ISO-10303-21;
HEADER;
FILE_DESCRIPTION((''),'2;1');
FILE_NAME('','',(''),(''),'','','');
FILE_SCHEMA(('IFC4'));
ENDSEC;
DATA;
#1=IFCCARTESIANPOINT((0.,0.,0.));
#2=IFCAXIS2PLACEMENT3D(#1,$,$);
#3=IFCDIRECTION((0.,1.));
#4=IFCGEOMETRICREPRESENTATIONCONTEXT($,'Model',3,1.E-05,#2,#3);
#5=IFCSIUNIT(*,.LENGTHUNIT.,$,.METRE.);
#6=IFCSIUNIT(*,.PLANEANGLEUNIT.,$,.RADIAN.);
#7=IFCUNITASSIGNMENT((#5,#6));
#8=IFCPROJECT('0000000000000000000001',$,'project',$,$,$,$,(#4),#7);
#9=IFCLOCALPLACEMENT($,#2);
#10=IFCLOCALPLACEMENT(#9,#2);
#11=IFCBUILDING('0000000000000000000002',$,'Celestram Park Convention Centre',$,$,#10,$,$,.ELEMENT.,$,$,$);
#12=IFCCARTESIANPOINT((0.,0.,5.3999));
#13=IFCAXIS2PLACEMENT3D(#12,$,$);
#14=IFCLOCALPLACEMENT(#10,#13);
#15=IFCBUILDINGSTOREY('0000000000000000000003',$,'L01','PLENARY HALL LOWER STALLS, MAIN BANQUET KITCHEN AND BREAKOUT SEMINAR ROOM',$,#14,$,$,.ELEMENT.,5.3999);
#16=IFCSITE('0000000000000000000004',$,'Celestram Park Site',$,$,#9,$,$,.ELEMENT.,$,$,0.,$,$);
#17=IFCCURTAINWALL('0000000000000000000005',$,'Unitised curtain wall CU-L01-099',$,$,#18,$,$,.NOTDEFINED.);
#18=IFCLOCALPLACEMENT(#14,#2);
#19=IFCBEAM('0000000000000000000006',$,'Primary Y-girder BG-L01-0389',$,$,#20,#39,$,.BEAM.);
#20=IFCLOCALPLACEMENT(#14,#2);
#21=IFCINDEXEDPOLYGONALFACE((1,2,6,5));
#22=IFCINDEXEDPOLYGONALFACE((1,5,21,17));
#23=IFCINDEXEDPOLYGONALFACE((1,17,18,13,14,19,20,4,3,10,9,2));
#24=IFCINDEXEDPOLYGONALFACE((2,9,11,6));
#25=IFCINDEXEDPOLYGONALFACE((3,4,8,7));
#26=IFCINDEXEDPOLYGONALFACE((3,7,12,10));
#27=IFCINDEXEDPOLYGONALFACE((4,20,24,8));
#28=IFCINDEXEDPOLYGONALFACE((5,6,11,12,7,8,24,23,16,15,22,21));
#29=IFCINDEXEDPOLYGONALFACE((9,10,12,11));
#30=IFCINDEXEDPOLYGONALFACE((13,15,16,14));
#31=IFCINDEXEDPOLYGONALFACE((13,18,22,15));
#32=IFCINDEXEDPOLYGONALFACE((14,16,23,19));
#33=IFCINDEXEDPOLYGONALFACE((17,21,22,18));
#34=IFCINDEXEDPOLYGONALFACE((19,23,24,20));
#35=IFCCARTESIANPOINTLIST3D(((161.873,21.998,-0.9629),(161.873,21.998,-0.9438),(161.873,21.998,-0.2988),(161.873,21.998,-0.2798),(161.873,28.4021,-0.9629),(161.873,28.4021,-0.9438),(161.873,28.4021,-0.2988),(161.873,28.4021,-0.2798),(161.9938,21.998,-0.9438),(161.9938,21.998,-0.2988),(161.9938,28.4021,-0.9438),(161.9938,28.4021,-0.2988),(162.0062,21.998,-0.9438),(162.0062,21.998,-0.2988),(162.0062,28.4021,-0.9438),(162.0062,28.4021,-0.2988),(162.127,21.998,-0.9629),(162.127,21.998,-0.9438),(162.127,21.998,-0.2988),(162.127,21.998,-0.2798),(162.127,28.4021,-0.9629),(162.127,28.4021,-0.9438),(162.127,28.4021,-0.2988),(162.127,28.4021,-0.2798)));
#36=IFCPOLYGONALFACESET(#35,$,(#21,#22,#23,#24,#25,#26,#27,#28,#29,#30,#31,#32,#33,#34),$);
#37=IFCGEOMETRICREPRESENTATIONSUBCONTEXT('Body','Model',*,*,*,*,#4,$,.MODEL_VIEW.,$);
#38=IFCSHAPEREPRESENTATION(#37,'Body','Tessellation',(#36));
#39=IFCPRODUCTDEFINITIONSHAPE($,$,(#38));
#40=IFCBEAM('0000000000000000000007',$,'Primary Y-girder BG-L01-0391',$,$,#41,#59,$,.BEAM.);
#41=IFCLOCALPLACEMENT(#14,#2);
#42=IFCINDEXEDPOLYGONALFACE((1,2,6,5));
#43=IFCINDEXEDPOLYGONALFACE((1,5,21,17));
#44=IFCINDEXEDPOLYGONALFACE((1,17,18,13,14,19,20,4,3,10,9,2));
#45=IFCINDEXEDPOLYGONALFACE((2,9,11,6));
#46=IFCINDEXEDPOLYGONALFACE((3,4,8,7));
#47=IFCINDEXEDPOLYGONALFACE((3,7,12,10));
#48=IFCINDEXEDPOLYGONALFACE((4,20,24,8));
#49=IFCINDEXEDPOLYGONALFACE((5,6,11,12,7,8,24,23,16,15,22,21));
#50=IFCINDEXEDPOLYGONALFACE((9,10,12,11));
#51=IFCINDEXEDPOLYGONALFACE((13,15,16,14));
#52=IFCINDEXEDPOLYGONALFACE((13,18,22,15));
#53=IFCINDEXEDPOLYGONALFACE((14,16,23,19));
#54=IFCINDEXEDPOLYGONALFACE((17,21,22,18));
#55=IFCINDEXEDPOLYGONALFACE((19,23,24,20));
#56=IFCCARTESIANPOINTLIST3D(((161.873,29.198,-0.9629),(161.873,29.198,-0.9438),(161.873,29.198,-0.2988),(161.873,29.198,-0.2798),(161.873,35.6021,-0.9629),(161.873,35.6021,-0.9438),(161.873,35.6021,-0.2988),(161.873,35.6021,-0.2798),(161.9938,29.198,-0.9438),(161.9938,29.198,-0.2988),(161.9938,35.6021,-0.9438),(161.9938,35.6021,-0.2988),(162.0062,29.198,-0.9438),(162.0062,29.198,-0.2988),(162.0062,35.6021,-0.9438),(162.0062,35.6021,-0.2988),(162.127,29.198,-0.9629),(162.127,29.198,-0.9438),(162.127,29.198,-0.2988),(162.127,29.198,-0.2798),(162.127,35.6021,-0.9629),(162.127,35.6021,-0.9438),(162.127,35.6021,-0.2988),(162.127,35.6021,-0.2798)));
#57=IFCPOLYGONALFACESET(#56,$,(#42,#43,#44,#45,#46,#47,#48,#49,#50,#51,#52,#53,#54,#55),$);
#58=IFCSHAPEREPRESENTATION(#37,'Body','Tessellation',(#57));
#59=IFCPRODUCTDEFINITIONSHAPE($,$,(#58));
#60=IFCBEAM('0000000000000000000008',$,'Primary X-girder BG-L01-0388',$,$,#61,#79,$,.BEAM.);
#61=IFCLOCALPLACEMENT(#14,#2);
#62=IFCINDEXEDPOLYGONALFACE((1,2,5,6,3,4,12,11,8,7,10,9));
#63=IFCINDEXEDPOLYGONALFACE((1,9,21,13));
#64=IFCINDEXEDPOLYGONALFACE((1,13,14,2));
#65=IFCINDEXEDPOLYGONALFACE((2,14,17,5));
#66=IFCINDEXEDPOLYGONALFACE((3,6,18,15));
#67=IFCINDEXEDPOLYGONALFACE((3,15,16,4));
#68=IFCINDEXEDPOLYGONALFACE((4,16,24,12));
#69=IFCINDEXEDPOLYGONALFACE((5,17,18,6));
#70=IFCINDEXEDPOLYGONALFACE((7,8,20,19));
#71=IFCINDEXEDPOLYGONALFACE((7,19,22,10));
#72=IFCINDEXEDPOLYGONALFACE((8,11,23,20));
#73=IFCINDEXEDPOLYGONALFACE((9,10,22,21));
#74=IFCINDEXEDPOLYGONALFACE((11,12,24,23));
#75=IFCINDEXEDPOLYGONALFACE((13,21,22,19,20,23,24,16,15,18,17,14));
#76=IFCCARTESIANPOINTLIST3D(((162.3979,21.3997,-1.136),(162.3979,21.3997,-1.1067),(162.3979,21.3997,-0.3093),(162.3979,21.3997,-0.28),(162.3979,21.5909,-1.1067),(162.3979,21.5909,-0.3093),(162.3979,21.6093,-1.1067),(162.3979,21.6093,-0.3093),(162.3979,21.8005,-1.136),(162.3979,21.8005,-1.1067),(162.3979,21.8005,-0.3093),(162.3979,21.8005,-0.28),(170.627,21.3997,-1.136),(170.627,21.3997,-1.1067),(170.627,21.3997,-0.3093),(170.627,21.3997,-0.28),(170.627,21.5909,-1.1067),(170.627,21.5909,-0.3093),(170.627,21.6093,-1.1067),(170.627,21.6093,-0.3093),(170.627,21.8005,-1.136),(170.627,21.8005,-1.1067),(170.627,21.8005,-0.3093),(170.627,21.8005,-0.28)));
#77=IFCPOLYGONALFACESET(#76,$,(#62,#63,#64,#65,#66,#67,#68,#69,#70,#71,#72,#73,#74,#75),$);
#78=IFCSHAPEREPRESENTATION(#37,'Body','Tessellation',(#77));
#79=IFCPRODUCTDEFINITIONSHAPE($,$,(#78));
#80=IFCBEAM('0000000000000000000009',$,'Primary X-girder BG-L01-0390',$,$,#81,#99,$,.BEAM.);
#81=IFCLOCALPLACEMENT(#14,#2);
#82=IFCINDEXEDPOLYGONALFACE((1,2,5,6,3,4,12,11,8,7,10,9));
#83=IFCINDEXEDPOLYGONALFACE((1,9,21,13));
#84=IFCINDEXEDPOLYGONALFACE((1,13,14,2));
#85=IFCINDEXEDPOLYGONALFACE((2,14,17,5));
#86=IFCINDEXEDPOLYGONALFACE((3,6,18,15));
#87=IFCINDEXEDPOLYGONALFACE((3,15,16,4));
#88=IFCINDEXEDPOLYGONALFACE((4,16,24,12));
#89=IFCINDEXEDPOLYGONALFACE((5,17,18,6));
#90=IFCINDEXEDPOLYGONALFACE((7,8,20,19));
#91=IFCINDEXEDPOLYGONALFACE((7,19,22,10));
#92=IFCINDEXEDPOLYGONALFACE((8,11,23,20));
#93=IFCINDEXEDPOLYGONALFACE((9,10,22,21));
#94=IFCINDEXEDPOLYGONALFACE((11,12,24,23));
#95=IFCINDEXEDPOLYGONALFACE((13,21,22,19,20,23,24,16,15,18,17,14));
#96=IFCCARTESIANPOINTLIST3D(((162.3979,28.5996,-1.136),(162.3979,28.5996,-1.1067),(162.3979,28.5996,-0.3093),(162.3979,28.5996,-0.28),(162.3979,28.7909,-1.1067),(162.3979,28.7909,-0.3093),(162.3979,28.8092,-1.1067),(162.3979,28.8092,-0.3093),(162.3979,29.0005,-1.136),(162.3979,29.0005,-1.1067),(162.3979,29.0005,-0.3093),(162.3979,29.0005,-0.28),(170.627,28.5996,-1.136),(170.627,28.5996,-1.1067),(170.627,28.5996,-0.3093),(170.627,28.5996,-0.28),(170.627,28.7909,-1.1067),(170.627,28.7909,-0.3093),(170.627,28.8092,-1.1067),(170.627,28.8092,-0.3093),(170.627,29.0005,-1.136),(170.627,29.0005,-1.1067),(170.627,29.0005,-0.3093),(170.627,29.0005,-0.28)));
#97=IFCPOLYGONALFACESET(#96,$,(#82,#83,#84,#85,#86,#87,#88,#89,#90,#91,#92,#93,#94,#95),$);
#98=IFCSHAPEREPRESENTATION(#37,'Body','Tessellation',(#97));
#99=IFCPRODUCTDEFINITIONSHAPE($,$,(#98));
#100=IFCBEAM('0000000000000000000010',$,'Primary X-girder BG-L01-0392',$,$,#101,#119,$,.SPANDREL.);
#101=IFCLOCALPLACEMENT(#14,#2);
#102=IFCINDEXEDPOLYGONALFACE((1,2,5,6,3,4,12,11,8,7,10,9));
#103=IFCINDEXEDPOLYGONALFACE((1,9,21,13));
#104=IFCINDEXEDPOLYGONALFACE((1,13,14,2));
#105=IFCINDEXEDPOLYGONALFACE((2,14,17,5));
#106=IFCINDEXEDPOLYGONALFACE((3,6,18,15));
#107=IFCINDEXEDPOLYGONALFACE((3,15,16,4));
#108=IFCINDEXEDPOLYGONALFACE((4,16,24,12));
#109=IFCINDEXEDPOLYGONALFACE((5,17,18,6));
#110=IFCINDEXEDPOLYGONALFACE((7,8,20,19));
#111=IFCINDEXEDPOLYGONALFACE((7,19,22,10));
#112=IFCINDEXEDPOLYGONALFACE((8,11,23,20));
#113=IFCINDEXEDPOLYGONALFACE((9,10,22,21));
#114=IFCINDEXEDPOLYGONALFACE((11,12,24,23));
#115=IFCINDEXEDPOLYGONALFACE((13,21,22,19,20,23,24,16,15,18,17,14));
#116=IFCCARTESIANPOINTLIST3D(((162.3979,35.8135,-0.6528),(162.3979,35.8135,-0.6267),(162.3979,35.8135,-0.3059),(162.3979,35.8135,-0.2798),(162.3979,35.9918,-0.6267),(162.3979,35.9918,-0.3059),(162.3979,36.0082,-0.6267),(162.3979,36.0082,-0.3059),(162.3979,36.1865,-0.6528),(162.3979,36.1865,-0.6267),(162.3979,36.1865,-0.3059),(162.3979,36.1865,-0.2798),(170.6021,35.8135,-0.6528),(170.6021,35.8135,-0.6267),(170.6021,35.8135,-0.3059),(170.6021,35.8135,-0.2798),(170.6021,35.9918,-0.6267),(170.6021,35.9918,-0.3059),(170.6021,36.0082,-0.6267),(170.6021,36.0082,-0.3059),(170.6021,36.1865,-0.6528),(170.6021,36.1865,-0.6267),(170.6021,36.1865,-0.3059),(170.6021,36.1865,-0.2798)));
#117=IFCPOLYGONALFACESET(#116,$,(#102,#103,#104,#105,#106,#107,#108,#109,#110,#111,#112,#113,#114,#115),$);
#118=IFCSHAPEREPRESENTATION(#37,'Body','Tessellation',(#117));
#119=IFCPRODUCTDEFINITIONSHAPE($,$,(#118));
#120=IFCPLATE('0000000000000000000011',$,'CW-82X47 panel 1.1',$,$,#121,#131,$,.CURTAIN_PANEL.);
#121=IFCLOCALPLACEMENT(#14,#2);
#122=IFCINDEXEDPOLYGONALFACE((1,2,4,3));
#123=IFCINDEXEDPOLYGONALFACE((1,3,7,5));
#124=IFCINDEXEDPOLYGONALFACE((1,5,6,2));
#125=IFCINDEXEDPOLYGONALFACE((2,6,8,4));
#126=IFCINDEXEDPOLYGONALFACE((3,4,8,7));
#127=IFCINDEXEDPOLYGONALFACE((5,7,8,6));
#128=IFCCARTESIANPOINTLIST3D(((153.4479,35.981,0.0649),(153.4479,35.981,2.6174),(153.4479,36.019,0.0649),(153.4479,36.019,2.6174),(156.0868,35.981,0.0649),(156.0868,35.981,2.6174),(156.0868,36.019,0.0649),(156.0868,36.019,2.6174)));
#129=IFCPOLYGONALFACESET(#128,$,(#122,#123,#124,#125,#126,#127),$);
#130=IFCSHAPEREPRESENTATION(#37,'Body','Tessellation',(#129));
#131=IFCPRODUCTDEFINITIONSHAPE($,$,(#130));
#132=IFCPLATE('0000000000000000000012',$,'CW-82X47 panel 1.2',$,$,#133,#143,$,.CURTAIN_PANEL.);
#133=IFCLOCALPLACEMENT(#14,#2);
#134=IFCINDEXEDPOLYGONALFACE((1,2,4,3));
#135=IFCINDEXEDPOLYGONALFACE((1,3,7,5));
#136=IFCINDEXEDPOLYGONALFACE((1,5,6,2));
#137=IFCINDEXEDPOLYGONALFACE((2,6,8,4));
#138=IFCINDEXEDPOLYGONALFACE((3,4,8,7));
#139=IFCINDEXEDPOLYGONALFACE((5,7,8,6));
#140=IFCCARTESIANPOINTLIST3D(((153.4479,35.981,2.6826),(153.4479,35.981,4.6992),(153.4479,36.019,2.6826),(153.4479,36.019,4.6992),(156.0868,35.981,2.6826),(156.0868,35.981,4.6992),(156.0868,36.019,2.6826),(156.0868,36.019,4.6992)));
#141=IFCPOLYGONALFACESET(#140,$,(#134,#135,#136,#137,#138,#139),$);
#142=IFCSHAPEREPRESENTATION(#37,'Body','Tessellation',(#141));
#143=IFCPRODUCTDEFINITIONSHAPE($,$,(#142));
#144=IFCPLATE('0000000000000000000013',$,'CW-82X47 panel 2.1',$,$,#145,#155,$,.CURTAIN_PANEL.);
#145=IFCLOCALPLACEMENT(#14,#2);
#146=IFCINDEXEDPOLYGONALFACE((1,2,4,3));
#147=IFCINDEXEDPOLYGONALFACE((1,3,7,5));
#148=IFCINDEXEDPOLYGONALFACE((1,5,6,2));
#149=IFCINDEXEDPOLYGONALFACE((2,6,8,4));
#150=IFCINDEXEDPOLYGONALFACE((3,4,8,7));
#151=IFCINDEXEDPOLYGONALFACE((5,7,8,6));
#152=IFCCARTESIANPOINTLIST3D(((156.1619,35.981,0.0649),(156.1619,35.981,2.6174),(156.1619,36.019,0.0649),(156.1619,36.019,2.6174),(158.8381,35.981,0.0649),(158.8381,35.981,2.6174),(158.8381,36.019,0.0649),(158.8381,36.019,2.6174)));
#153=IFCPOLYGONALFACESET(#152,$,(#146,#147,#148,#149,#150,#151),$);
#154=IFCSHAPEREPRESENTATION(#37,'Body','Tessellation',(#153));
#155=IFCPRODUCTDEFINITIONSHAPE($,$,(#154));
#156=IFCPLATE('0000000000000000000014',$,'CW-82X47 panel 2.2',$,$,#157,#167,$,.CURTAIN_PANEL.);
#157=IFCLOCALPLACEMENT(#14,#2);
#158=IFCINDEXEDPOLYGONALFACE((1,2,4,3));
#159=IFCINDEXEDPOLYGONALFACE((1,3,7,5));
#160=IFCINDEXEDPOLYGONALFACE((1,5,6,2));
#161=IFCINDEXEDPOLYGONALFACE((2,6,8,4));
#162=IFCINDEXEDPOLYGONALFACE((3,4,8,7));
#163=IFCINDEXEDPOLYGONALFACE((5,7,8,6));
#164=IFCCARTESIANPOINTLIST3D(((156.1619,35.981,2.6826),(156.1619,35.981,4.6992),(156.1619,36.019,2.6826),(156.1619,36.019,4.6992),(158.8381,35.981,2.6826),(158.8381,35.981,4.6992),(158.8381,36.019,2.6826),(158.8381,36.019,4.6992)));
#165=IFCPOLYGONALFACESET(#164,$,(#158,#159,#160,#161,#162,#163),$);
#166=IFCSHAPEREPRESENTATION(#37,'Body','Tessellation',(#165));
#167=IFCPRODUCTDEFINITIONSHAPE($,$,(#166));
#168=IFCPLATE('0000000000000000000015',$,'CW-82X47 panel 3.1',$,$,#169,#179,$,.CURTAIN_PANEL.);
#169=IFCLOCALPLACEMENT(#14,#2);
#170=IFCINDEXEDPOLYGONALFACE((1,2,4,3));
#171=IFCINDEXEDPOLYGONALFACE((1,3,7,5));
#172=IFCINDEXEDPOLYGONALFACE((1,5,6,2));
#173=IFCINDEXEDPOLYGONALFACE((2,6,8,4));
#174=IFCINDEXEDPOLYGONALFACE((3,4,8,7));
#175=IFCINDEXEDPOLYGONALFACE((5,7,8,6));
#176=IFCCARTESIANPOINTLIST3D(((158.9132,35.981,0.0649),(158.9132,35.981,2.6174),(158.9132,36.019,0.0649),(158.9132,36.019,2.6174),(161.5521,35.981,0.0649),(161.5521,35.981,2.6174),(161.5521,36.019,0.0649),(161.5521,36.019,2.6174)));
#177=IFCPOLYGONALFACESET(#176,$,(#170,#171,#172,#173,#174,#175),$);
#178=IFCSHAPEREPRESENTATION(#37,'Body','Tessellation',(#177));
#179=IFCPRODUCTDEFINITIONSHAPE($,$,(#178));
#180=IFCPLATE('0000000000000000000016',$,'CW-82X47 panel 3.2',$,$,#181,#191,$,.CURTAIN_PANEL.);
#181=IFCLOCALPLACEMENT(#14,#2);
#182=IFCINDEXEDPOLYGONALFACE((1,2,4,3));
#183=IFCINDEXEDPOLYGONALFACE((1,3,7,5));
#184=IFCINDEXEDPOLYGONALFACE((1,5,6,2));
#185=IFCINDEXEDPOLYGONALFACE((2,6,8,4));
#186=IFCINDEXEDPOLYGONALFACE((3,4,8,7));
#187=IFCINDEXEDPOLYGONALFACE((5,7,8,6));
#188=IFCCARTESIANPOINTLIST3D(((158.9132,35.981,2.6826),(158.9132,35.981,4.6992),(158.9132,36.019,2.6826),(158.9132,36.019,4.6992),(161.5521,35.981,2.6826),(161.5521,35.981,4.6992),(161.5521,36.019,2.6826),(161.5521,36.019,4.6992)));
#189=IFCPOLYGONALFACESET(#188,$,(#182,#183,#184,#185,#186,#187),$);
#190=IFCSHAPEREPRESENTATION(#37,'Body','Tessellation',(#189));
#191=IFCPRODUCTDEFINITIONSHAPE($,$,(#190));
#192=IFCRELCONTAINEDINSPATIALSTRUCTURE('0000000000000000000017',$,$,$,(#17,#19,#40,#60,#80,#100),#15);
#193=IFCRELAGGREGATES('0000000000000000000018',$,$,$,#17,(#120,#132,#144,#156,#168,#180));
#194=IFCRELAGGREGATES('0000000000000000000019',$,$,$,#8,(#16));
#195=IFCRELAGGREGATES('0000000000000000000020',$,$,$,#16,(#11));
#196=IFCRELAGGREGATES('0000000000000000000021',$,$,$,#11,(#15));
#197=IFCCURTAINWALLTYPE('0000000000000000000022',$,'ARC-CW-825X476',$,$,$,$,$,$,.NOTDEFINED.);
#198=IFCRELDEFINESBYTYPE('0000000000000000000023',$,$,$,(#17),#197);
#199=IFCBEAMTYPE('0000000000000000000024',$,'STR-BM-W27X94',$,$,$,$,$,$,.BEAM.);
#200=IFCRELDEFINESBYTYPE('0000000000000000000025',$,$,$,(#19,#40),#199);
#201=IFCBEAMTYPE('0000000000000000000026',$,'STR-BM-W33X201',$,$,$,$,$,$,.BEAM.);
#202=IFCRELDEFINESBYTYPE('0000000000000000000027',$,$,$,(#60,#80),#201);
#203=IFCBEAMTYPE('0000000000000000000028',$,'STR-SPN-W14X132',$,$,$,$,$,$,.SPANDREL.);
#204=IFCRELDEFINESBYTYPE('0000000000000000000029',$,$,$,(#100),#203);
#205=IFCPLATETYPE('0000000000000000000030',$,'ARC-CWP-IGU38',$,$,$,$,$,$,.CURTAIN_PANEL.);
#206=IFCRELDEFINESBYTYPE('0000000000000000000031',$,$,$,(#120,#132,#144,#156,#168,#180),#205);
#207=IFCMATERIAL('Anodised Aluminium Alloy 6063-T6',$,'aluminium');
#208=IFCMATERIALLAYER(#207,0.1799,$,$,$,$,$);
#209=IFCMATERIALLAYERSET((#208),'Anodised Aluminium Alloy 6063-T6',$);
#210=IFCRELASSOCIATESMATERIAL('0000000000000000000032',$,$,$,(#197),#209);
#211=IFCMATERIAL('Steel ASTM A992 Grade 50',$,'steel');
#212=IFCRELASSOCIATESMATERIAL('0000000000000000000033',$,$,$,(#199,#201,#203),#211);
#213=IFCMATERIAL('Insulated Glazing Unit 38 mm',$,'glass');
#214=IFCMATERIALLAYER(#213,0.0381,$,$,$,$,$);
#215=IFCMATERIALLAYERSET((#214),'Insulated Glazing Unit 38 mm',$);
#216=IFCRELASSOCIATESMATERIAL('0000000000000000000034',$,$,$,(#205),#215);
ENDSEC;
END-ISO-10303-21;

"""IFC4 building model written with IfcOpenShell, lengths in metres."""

from ifc_helpers import new_model, si_unit, direction, frame, origin, origin_2d, place, context, subcontext, project, spatial, rectangle, i_section, extrude, material, layer, layer_set, material_profile, profile_set, type_object, element, aggregate, save


model = new_model("IFC4")

# Units and contexts
model_context = context("Model", 3, precision=1e-05, world=origin(), true_north=direction((0.0, 1.0)))
body_context = subcontext(model_context, "Body", "Model", "MODEL_VIEW")
ifc_project = project(units=[si_unit("LENGTHUNIT", "METRE"), si_unit("PLANEANGLEUNIT", "RADIAN")], contexts=[model_context])

# Site, building, storey
site_placement = place(None, origin())
site = spatial("IfcSite", under=ifc_project, at=site_placement, Name="Celestram Park Site", CompositionType="ELEMENT", RefElevation=0.0)
building_placement = place(site_placement, origin())
building = spatial("IfcBuilding", under=site, at=building_placement, Name="Celestram Park Convention Centre", CompositionType="ELEMENT")
storey_placement = place(building_placement, frame((0.0, 0.0, 5.3999)))
storey = spatial("IfcBuildingStorey", under=building, at=storey_placement, Name="L01", Description="PLENARY HALL LOWER STALLS, MAIN BANQUET KITCHEN AND BREAKOUT SEMINAR ROOM", CompositionType="ELEMENT", Elevation=5.3999)

# Curtain wall
ifc_material_1 = material(Name="Anodised Aluminium Alloy 6063-T6", Category="aluminium")
ifc_layer_1 = layer(ifc_material_1, 0.1799)
ifc_layer_set_1 = layer_set([ifc_layer_1], Name="Anodised Aluminium Alloy 6063-T6")
curtain_wall_type = type_object("IfcCurtainWallType", Name="ARC-CW-825X476", PredefinedType="NOTDEFINED", material=ifc_layer_set_1)
curtain_wall_1_placement = place(storey_placement, origin())
curtain_wall_1 = element("IfcCurtainWall", 1, at=curtain_wall_1_placement, inside=storey, type_object=curtain_wall_type, Name="Unitised curtain wall CU-L01-099", PredefinedType="NOTDEFINED")

# Beams
ifc_material_2 = material(Name="Steel ASTM A992 Grade 50", Category="steel")
ifc_material_profile_1 = material_profile(ifc_material_2, i_section(OverallWidth=0.2539, OverallDepth=0.6831, WebThickness=0.0125, FlangeThickness=0.019, at=origin_2d()), Name="W27X94")
ifc_profile_set_1 = profile_set([ifc_material_profile_1], Name="Steel ASTM A992 Grade 50")
beam_type_1 = type_object("IfcBeamType", Name="STR-BM-W27X94", PredefinedType="BEAM", material=ifc_profile_set_1)
for number, where, z_axis, x_axis, name in (
    (2, (162.0, 21.998, -0.6213), (0.0, 1.0, 0.0), (-1.0, 0.0, 0.0), "Primary Y-girder BG-L01-0389"),
    (3, (162.0, 29.198, -0.6213), (0.0, 1.0, 0.0), (-1.0, 0.0, 0.0), "Primary Y-girder BG-L01-0391"),
):
    element("IfcBeam", number, at=place(storey_placement, frame(where, z_axis=z_axis, x_axis=x_axis)), inside=storey, type_object=beam_type_1, Name=name, PredefinedType="BEAM", context=body_context, shape_type="SweptSolid", body=[
        extrude(i_section(OverallWidth=0.2539, OverallDepth=0.6831, WebThickness=0.0125, FlangeThickness=0.019, at=origin_2d()), origin(), (0.0, 0.0, 1.0), 6.4041),
    ])
ifc_material_profile_2 = material_profile(ifc_material_2, i_section(OverallWidth=0.4009, OverallDepth=0.856, WebThickness=0.0183, FlangeThickness=0.0293, at=origin_2d()), Name="W33X201")
ifc_profile_set_2 = profile_set([ifc_material_profile_2], Name="Steel ASTM A992 Grade 50")
beam_type_2 = type_object("IfcBeamType", Name="STR-BM-W33X201", PredefinedType="BEAM", material=ifc_profile_set_2)
for number, where, z_axis, x_axis, name in (
    (4, (162.3979, 21.6001, -0.708), (1.0, 0.0, 0.0), (0.0, 1.0, 0.0), "Primary X-girder BG-L01-0388"),
    (5, (162.3979, 28.8, -0.708), (1.0, 0.0, 0.0), (0.0, 1.0, 0.0), "Primary X-girder BG-L01-0390"),
):
    element("IfcBeam", number, at=place(storey_placement, frame(where, z_axis=z_axis, x_axis=x_axis)), inside=storey, type_object=beam_type_2, Name=name, PredefinedType="BEAM", context=body_context, shape_type="SweptSolid", body=[
        extrude(i_section(OverallWidth=0.4009, OverallDepth=0.856, WebThickness=0.0183, FlangeThickness=0.0293, at=origin_2d()), origin(), (0.0, 0.0, 1.0), 8.229),
    ])
ifc_material_profile_3 = material_profile(ifc_material_2, i_section(OverallWidth=0.373, OverallDepth=0.373, WebThickness=0.0164, FlangeThickness=0.0261, at=origin_2d()), Name="W14X132")
ifc_profile_set_3 = profile_set([ifc_material_profile_3], Name="Steel ASTM A992 Grade 50")
beam_type_3 = type_object("IfcBeamType", Name="STR-SPN-W14X132", PredefinedType="SPANDREL", material=ifc_profile_set_3)
beam_placement = place(storey_placement, frame((162.3979, 36.0, -0.4663), z_axis=(1.0, 0.0, 0.0), x_axis=(0.0, 1.0, 0.0)))
element("IfcBeam", 6, at=beam_placement, inside=storey, type_object=beam_type_3, Name="Primary X-girder BG-L01-0392", PredefinedType="SPANDREL", context=body_context, shape_type="SweptSolid", body=[
    extrude(i_section(OverallWidth=0.373, OverallDepth=0.373, WebThickness=0.0164, FlangeThickness=0.0261, at=origin_2d()), origin(), (0.0, 0.0, 1.0), 8.2041),
])

# Plates
ifc_material_3 = material(Name="Insulated Glazing Unit 38 mm", Category="glass")
ifc_layer_2 = layer(ifc_material_3, 0.0381)
ifc_layer_set_2 = layer_set([ifc_layer_2], Name="Insulated Glazing Unit 38 mm")
plate_type = type_object("IfcPlateType", Name="ARC-CWP-IGU38", PredefinedType="CURTAIN_PANEL", material=ifc_layer_set_2)
plate_1_placement = place(storey_placement, frame((154.7673, 36.0, 0.0649), z_axis=(0.0, 0.0, 1.0), x_axis=(1.0, 0.0, 0.0)))
plate_1 = element("IfcPlate", 7, at=plate_1_placement, type_object=plate_type, Name="CW-82X47 panel 1.1", PredefinedType="CURTAIN_PANEL", context=body_context, shape_type="SweptSolid", body=[
    extrude(rectangle(XDim=2.6389, YDim=0.0381, at=origin_2d()), origin(), (0.0, 0.0, 1.0), 2.5525),
])
plate_2_placement = place(storey_placement, frame((154.7673, 36.0, 2.6826), z_axis=(0.0, 0.0, 1.0), x_axis=(1.0, 0.0, 0.0)))
plate_2 = element("IfcPlate", 8, at=plate_2_placement, type_object=plate_type, Name="CW-82X47 panel 1.2", PredefinedType="CURTAIN_PANEL", context=body_context, shape_type="SweptSolid", body=[
    extrude(rectangle(XDim=2.6389, YDim=0.0381, at=origin_2d()), origin(), (0.0, 0.0, 1.0), 2.0166),
])
plate_3_placement = place(storey_placement, frame((157.5, 36.0, 0.0649), z_axis=(0.0, 0.0, 1.0), x_axis=(1.0, 0.0, 0.0)))
plate_3 = element("IfcPlate", 9, at=plate_3_placement, type_object=plate_type, Name="CW-82X47 panel 2.1", PredefinedType="CURTAIN_PANEL", context=body_context, shape_type="SweptSolid", body=[
    extrude(rectangle(XDim=2.6763, YDim=0.0381, at=origin_2d()), origin(), (0.0, 0.0, 1.0), 2.5525),
])
plate_4_placement = place(storey_placement, frame((157.5, 36.0, 2.6826), z_axis=(0.0, 0.0, 1.0), x_axis=(1.0, 0.0, 0.0)))
plate_4 = element("IfcPlate", 10, at=plate_4_placement, type_object=plate_type, Name="CW-82X47 panel 2.2", PredefinedType="CURTAIN_PANEL", context=body_context, shape_type="SweptSolid", body=[
    extrude(rectangle(XDim=2.6763, YDim=0.0381, at=origin_2d()), origin(), (0.0, 0.0, 1.0), 2.0166),
])
plate_5_placement = place(storey_placement, frame((160.2327, 36.0, 0.0649), z_axis=(0.0, 0.0, 1.0), x_axis=(1.0, 0.0, 0.0)))
plate_5 = element("IfcPlate", 11, at=plate_5_placement, type_object=plate_type, Name="CW-82X47 panel 3.1", PredefinedType="CURTAIN_PANEL", context=body_context, shape_type="SweptSolid", body=[
    extrude(rectangle(XDim=2.6389, YDim=0.0381, at=origin_2d()), origin(), (0.0, 0.0, 1.0), 2.5525),
])
plate_6_placement = place(storey_placement, frame((160.2327, 36.0, 2.6826), z_axis=(0.0, 0.0, 1.0), x_axis=(1.0, 0.0, 0.0)))
plate_6 = element("IfcPlate", 12, at=plate_6_placement, type_object=plate_type, Name="CW-82X47 panel 3.2", PredefinedType="CURTAIN_PANEL", context=body_context, shape_type="SweptSolid", body=[
    extrude(rectangle(XDim=2.6389, YDim=0.0381, at=origin_2d()), origin(), (0.0, 0.0, 1.0), 2.0166),
])
aggregate(curtain_wall_1, [plate_1, plate_2, plate_3, plate_4, plate_5, plate_6])

save(model, "model.ifc")
